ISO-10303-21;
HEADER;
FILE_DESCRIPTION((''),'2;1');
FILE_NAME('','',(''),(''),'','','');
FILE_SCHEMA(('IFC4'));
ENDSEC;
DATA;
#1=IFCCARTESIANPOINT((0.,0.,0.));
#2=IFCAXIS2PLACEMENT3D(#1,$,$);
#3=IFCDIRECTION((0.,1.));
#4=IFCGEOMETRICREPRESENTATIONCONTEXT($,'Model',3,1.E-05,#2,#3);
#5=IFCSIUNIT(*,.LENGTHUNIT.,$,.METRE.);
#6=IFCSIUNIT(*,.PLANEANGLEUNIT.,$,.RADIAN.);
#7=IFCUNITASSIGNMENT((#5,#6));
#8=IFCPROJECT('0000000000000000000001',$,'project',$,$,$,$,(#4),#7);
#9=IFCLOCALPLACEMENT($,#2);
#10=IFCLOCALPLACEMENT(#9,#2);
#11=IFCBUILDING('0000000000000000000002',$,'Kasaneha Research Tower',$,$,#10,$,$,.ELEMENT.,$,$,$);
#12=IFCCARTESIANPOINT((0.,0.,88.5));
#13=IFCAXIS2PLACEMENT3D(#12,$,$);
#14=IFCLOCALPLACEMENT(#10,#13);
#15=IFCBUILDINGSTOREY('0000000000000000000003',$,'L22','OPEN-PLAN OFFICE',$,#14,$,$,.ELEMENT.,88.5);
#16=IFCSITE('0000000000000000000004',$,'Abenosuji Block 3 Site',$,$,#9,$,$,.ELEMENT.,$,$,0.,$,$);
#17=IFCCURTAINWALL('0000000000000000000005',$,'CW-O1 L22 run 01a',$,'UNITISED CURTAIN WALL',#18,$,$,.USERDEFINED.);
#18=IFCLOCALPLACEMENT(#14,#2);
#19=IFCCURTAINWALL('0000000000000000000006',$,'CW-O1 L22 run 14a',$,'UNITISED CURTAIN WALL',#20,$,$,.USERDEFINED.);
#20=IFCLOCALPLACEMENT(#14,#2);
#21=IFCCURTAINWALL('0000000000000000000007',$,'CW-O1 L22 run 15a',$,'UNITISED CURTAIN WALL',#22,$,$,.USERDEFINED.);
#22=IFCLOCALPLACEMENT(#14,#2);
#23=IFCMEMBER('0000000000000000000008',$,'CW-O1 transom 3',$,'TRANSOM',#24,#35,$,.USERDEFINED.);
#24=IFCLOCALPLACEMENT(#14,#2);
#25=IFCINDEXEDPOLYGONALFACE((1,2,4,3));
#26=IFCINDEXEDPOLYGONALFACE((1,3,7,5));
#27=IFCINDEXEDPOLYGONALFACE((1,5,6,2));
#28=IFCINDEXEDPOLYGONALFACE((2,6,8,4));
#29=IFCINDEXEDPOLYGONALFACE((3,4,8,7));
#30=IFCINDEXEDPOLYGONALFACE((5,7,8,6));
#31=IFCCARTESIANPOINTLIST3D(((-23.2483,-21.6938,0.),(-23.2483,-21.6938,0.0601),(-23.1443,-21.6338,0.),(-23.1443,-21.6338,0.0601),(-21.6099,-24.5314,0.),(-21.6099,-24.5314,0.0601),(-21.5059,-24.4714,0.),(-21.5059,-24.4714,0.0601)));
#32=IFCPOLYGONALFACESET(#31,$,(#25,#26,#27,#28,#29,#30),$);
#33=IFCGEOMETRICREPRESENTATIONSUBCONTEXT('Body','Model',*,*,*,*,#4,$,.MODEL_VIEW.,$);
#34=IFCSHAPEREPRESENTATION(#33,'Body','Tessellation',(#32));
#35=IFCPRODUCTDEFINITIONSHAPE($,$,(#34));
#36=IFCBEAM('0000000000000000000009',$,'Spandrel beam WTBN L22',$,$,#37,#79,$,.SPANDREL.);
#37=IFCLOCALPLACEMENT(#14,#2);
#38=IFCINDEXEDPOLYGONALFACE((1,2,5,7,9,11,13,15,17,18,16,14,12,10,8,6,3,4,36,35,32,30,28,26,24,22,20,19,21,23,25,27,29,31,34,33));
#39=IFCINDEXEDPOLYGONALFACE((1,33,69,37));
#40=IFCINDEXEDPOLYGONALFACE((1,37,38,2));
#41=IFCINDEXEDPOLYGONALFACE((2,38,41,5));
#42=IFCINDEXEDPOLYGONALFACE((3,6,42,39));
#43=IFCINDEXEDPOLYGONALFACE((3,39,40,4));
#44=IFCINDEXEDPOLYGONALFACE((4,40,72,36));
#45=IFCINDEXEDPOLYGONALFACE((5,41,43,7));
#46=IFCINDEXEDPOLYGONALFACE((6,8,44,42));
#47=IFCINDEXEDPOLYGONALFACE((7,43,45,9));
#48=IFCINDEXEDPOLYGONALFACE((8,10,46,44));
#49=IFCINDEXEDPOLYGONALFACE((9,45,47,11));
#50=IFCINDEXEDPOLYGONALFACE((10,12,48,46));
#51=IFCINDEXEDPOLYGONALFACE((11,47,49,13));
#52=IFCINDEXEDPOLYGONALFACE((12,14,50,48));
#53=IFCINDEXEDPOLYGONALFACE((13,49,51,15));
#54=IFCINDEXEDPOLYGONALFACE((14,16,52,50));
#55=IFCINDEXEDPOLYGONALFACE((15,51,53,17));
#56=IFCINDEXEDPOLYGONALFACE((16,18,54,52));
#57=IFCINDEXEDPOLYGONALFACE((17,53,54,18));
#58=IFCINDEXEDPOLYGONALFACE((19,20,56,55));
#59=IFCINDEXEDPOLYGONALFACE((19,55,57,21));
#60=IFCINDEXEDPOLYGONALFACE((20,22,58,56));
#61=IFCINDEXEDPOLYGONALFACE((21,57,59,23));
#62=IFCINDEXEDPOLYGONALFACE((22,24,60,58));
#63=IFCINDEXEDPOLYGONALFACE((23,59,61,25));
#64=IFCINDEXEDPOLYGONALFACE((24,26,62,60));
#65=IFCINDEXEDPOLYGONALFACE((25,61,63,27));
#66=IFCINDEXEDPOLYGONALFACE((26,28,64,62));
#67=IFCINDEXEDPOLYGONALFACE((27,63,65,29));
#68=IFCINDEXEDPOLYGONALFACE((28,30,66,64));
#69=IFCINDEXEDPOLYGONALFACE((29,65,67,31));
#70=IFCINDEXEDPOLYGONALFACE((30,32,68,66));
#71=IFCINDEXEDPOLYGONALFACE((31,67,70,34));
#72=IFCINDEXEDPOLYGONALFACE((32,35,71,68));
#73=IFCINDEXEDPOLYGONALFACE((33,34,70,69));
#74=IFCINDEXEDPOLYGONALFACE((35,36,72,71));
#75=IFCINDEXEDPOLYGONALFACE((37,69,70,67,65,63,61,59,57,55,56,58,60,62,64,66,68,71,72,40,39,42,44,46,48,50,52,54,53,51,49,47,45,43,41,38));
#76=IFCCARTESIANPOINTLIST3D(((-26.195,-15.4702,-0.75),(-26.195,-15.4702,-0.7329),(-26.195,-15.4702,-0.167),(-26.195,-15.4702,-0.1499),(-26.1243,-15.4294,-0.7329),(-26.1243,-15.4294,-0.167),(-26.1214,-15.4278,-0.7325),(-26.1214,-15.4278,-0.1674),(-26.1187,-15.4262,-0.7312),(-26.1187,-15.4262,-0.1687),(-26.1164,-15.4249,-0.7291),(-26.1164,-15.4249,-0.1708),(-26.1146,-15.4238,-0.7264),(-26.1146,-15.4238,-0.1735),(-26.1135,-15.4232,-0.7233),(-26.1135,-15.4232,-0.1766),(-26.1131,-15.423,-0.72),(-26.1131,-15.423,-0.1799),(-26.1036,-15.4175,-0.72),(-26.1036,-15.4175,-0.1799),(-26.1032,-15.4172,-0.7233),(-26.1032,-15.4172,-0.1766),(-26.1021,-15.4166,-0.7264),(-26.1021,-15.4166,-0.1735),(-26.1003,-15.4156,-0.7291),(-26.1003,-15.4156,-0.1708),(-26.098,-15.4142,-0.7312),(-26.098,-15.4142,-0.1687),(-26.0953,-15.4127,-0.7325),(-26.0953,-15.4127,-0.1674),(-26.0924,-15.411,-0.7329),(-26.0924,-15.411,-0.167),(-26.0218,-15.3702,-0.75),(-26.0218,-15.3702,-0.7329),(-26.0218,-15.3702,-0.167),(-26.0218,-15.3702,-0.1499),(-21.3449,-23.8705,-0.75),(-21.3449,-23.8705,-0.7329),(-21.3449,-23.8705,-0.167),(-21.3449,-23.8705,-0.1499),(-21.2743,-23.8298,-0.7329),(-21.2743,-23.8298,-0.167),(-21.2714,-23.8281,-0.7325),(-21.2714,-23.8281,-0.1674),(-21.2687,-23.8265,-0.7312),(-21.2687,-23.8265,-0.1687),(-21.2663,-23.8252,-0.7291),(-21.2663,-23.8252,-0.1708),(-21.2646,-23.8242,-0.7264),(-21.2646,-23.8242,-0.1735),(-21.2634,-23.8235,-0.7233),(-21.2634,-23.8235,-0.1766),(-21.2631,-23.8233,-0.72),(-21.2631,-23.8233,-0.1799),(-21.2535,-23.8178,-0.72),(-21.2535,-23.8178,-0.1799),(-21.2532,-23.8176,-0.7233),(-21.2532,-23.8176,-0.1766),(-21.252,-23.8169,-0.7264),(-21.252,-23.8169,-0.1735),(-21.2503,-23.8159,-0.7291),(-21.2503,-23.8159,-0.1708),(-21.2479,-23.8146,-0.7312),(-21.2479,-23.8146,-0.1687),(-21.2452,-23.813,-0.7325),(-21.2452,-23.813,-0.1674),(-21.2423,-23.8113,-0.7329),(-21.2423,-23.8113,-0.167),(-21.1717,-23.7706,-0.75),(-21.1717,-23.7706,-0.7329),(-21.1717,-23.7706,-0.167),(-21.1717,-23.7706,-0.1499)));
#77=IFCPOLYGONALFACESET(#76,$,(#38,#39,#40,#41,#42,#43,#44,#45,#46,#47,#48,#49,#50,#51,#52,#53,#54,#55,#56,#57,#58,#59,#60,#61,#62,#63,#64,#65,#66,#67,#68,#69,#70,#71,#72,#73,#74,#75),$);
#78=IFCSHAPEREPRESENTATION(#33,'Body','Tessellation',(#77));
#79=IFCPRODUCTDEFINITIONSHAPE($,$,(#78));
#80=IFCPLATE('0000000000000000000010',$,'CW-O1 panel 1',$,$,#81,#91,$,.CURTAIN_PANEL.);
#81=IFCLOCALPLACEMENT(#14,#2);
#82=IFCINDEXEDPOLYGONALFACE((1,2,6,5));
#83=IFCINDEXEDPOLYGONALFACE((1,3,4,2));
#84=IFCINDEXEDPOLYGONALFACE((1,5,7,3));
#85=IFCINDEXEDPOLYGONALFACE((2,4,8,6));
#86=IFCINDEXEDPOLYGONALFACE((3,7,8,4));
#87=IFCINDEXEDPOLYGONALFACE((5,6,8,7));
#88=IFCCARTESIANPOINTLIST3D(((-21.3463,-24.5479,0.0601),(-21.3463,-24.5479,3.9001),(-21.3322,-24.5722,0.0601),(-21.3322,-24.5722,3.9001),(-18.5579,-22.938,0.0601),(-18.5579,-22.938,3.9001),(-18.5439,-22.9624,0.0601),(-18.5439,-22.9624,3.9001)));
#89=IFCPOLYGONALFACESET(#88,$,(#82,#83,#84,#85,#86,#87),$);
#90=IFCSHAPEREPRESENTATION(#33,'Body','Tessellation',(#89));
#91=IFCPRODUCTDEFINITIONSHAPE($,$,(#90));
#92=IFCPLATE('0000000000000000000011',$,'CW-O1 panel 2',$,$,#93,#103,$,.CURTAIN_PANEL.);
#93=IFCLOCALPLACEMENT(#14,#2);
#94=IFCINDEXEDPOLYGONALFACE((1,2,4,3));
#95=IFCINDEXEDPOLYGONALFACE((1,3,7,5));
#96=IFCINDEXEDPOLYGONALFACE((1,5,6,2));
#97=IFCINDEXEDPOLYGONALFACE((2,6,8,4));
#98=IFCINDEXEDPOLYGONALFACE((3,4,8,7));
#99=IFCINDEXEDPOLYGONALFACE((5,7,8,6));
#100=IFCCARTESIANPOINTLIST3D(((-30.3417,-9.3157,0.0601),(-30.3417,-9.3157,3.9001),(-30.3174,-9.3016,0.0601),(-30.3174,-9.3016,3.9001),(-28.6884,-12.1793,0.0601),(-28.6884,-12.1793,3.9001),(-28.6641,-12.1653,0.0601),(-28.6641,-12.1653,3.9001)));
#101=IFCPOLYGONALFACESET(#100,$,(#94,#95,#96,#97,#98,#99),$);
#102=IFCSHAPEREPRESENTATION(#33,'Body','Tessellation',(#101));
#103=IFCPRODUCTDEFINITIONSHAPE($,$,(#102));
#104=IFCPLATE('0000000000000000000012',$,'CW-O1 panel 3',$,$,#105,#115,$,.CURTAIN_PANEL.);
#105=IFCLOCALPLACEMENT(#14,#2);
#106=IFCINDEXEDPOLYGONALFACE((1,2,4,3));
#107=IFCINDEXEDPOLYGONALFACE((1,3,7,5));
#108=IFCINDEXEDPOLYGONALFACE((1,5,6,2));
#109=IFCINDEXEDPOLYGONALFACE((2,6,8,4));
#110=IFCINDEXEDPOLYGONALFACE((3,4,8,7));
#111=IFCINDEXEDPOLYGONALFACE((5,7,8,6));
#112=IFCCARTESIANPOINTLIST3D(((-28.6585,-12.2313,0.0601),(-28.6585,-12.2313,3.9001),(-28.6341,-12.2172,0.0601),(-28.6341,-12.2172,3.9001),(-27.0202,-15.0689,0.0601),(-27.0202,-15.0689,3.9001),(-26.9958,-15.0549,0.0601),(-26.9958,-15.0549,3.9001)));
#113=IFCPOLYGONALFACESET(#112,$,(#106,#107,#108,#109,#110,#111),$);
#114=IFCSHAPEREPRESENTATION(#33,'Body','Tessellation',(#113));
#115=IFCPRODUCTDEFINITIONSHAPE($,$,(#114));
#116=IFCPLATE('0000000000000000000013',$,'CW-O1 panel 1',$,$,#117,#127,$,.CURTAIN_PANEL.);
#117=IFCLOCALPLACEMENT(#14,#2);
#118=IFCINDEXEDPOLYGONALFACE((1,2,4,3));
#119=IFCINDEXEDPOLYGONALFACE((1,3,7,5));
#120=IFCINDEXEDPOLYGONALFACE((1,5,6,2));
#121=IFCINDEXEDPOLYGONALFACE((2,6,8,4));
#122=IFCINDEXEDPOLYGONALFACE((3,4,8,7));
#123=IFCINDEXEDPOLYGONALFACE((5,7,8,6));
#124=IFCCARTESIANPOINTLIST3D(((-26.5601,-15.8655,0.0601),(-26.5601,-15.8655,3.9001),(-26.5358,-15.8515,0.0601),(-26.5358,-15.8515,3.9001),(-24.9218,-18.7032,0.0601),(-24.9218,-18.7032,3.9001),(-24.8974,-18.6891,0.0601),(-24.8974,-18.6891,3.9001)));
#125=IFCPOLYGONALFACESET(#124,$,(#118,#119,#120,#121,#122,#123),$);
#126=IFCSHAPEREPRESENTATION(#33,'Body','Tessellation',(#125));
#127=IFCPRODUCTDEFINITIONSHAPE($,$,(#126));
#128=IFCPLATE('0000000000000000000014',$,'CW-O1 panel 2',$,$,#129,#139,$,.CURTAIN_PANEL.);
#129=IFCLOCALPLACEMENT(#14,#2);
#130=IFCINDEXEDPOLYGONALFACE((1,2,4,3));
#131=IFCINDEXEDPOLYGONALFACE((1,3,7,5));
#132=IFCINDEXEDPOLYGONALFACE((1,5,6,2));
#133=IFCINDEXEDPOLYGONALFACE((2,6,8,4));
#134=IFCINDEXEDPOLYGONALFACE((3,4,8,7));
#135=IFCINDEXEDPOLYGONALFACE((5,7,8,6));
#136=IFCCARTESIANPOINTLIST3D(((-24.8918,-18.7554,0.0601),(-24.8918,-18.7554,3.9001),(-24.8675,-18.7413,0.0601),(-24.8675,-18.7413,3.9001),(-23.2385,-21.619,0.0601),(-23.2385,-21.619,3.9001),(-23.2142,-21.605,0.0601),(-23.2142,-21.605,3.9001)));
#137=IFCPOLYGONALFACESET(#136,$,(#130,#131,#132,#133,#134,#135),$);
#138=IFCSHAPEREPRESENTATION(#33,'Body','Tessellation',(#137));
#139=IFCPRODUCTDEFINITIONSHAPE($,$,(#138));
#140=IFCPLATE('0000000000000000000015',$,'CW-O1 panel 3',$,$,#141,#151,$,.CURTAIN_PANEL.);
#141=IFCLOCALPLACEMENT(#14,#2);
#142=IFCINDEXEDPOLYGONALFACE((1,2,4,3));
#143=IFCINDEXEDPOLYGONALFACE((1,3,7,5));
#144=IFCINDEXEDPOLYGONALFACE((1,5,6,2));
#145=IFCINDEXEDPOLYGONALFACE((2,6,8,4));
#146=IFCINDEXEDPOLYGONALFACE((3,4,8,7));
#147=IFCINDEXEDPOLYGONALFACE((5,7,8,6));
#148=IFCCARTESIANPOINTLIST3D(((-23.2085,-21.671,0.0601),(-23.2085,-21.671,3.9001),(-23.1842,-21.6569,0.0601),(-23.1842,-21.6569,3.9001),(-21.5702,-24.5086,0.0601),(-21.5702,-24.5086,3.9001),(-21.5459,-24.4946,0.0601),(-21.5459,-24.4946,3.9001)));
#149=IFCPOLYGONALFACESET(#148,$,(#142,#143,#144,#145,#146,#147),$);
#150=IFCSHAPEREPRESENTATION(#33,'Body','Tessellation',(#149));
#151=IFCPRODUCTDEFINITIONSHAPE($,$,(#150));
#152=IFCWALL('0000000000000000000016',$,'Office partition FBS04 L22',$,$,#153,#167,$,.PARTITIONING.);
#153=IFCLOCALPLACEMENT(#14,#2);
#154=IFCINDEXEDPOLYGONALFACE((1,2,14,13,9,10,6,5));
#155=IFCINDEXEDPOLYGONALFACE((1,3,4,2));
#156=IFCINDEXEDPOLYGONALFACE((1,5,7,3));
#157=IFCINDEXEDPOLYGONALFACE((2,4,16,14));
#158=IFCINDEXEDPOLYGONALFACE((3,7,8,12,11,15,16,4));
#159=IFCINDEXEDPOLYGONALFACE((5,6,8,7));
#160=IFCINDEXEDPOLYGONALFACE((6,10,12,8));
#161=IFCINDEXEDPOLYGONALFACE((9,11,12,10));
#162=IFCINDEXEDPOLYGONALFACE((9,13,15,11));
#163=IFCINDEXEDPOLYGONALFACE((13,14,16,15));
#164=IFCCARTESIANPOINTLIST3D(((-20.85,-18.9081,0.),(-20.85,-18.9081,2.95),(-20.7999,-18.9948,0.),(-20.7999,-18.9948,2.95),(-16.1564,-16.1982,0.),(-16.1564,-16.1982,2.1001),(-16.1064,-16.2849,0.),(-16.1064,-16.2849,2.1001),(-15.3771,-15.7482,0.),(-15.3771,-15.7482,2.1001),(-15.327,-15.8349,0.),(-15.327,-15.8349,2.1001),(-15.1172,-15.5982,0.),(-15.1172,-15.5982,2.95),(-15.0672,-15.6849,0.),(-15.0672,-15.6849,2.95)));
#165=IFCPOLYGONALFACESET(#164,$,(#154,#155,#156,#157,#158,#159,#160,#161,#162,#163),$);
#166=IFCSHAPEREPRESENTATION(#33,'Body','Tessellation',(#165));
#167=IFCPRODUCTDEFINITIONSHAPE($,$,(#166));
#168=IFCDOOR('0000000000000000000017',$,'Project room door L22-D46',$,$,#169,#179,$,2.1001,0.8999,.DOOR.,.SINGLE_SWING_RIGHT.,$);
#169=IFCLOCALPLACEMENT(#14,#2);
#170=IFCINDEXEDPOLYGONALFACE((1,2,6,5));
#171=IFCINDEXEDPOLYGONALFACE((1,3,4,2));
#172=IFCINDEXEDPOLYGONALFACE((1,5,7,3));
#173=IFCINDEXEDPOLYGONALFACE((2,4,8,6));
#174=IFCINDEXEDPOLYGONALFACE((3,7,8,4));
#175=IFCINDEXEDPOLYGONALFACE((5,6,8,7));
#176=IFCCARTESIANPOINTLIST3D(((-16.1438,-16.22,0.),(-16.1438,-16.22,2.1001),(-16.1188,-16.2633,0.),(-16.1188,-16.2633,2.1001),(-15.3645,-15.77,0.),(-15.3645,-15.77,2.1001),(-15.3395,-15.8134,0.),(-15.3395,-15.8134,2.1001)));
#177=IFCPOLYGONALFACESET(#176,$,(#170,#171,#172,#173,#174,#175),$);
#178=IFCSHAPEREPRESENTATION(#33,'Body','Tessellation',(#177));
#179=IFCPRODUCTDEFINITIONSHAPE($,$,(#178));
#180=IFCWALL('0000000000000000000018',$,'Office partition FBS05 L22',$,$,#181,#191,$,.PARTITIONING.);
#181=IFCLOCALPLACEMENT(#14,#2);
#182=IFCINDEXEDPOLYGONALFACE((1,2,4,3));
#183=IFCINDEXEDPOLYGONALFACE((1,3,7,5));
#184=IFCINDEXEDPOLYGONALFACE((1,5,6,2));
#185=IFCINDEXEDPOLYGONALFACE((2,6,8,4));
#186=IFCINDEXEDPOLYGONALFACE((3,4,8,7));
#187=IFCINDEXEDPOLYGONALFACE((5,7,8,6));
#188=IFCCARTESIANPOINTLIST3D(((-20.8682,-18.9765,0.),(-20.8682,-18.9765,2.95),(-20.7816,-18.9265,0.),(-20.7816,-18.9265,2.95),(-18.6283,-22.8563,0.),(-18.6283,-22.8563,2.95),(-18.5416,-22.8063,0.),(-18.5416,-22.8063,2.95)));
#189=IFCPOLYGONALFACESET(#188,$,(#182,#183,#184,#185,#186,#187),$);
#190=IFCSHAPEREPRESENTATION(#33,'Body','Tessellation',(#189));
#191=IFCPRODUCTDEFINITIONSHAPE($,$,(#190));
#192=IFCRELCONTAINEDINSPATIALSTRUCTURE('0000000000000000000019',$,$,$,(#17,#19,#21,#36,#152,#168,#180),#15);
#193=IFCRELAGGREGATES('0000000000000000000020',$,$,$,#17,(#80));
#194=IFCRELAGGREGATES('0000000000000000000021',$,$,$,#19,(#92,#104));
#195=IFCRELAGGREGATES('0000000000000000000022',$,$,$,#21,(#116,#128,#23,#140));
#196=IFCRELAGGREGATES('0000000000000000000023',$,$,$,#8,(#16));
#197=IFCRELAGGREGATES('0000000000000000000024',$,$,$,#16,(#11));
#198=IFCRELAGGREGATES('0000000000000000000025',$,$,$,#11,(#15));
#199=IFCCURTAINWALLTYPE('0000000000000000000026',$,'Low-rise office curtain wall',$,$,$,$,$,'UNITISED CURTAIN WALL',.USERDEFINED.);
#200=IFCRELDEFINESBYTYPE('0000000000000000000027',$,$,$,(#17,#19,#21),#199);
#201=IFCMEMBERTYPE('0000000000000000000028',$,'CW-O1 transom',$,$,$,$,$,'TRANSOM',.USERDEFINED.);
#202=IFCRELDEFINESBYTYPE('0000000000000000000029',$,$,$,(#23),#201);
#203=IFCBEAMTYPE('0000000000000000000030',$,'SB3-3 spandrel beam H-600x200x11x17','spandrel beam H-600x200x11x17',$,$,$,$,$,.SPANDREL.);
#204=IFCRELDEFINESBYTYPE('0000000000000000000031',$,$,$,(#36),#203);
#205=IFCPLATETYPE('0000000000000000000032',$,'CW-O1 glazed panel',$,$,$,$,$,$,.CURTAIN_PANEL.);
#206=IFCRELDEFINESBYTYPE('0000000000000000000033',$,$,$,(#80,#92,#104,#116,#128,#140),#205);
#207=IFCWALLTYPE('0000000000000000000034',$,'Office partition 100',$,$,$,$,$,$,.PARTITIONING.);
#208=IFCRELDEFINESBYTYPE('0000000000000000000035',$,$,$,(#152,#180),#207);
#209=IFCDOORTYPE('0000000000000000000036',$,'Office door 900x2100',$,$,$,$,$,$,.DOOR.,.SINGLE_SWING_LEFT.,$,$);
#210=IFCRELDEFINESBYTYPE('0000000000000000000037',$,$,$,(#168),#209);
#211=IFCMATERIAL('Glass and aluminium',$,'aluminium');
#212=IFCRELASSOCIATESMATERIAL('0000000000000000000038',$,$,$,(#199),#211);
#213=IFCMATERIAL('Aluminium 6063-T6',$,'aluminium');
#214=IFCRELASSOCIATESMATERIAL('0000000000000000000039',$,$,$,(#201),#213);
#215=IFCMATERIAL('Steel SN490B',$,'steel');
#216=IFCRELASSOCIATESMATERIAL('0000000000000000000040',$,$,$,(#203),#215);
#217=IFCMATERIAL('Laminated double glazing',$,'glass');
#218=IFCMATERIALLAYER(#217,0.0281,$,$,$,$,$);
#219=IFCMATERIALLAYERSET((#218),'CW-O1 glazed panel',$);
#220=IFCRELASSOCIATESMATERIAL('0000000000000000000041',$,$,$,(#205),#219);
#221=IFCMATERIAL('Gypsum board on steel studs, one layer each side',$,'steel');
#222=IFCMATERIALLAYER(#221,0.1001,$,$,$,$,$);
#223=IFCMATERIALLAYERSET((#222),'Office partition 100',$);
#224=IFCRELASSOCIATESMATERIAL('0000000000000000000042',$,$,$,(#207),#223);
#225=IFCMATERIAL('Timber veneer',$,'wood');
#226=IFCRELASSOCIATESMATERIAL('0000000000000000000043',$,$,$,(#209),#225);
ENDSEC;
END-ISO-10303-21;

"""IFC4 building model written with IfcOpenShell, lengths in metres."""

from ifc_helpers import new_model, si_unit, direction, frame, frame_2d, origin, origin_2d, place, context, subcontext, project, spatial, rectangle, i_section, extrude, material, layer, layer_set, material_profile, profile_set, type_object, element, fill, aggregate, save


model = new_model("IFC4")

# Units and contexts
model_context = context("Model", 3, precision=1e-05, world=origin(), true_north=direction((0.0, 1.0)))
body_context = subcontext(model_context, "Body", "Model", "MODEL_VIEW")
ifc_project = project(units=[si_unit("LENGTHUNIT", "METRE"), si_unit("PLANEANGLEUNIT", "RADIAN")], contexts=[model_context])

# Site, building, storey
site_placement = place(None, origin())
site = spatial("IfcSite", under=ifc_project, at=site_placement, Name="Abenosuji Block 3 Site", CompositionType="ELEMENT", RefElevation=0.0)
building_placement = place(site_placement, origin())
building = spatial("IfcBuilding", under=site, at=building_placement, Name="Kasaneha Research Tower", CompositionType="ELEMENT")
storey_placement = place(building_placement, frame((0.0, 0.0, 88.5)))
storey = spatial("IfcBuildingStorey", under=building, at=storey_placement, Name="L22", Description="OPEN-PLAN OFFICE", CompositionType="ELEMENT", Elevation=88.5)

# Curtain walls
ifc_material_1 = material(Name="Glass and aluminium", Category="aluminium")
curtain_wall_type = type_object("IfcCurtainWallType", Name="Low-rise office curtain wall", ElementType="UNITISED CURTAIN WALL", PredefinedType="USERDEFINED", material=ifc_material_1)
curtain_wall_1_placement = place(storey_placement, origin())
curtain_wall_1 = element("IfcCurtainWall", 1, at=curtain_wall_1_placement, inside=storey, type_object=curtain_wall_type, Name="CW-O1 L22 run 01a", ObjectType="UNITISED CURTAIN WALL", PredefinedType="USERDEFINED")
curtain_wall_2_placement = place(storey_placement, origin())
curtain_wall_2 = element("IfcCurtainWall", 2, at=curtain_wall_2_placement, inside=storey, type_object=curtain_wall_type, Name="CW-O1 L22 run 14a", ObjectType="UNITISED CURTAIN WALL", PredefinedType="USERDEFINED")
curtain_wall_3_placement = place(storey_placement, origin())
curtain_wall_3 = element("IfcCurtainWall", 3, at=curtain_wall_3_placement, inside=storey, type_object=curtain_wall_type, Name="CW-O1 L22 run 15a", ObjectType="UNITISED CURTAIN WALL", PredefinedType="USERDEFINED")

# Member
ifc_material_2 = material(Name="Aluminium 6063-T6", Category="aluminium")
ifc_material_profile_1 = material_profile(ifc_material_2, rectangle(XDim=0.1201, YDim=0.0601, at=origin_2d()), Name="CW-O1 transom 120x60")
ifc_profile_set_1 = profile_set([ifc_material_profile_1], Name="Aluminium 6063-T6")
member_type_1 = type_object("IfcMemberType", Name="CW-O1 transom", ElementType="TRANSOM", PredefinedType="USERDEFINED", material=ifc_profile_set_1)
member_1_placement = place(storey_placement, frame((-23.1963, -21.6638, 0.03), z_axis=(0.500026, -0.866011, 0.0), x_axis=(0.866011, 0.500026, 0.0)))
member_1 = element("IfcMember", 4, at=member_1_placement, type_object=member_type_1, Name="CW-O1 transom 3", ObjectType="TRANSOM", PredefinedType="USERDEFINED", context=body_context, shape_type="SweptSolid", body=[
    extrude(rectangle(XDim=0.1201, YDim=0.0601, at=origin_2d()), origin(), (0.0, 0.0, 1.0), 3.2766),
])

# Beam
ifc_material_3 = material(Name="Steel SN490B", Category="steel")
ifc_material_profile_2 = material_profile(ifc_material_3, i_section(OverallWidth=0.2, OverallDepth=0.6001, WebThickness=0.011, FlangeThickness=0.0171, FilletRadius=0.0129, at=origin_2d()), Name="H-600x200x11x17")
ifc_profile_set_2 = profile_set([ifc_material_profile_2], Name="Steel SN490B")
beam_type = type_object("IfcBeamType", Name="SB3-3 spandrel beam H-600x200x11x17", Description="spandrel beam H-600x200x11x17", PredefinedType="SPANDREL", material=ifc_profile_set_2)
beam_placement = place(storey_placement, frame((-21.2583, -23.8206, -0.45), z_axis=(-0.50001, 0.86602, 0.0), x_axis=(-0.86602, -0.50001, 0.0)))
element("IfcBeam", 5, at=beam_placement, inside=storey, type_object=beam_type, Name="Spandrel beam WTBN L22", PredefinedType="SPANDREL", context=body_context, shape_type="SweptSolid", body=[
    extrude(i_section(OverallWidth=0.2, OverallDepth=0.6001, WebThickness=0.011, FlangeThickness=0.0171, FilletRadius=0.0129, at=origin_2d()), origin(), (0.0, 0.0, 1.0), 9.7),
])

# Plates
ifc_material_4 = material(Name="Laminated double glazing", Category="glass")
ifc_layer_1 = layer(ifc_material_4, 0.0281)
ifc_layer_set_1 = layer_set([ifc_layer_1], Name="CW-O1 glazed panel")
plate_type = type_object("IfcPlateType", Name="CW-O1 glazed panel", PredefinedType="CURTAIN_PANEL", material=ifc_layer_set_1)
plate_1_placement = place(storey_placement, frame((-19.9451, -23.7551, 0.0601), z_axis=(0.0, 0.0, 1.0), x_axis=(0.866025, 0.5, 0.0)))
plate_1 = element("IfcPlate", 6, at=plate_1_placement, type_object=plate_type, Name="CW-O1 panel 1", PredefinedType="CURTAIN_PANEL", context=body_context, shape_type="SweptSolid", body=[
    extrude(rectangle(XDim=3.2197, YDim=0.0281, at=origin_2d()), origin(), (0.0, 0.0, 1.0), 3.8401),
])
aggregate(curtain_wall_1, [plate_1])
plate_2_placement = place(storey_placement, frame((-29.5029, -10.7405, 0.0601), z_axis=(0.0, 0.0, 1.0), x_axis=(0.5, -0.866025, 0.0)))
plate_2 = element("IfcPlate", 7, at=plate_2_placement, type_object=plate_type, Name="CW-O1 panel 2", PredefinedType="CURTAIN_PANEL", context=body_context, shape_type="SweptSolid", body=[
    extrude(rectangle(XDim=3.3066, YDim=0.0281, at=origin_2d()), origin(), (0.0, 0.0, 1.0), 3.8401),
])
plate_3_placement = place(storey_placement, frame((-27.8271, -13.6431, 0.0601), z_axis=(0.0, 0.0, 1.0), x_axis=(0.5, -0.866025, 0.0)))
plate_3 = element("IfcPlate", 8, at=plate_3_placement, type_object=plate_type, Name="CW-O1 panel 3", PredefinedType="CURTAIN_PANEL", context=body_context, shape_type="SweptSolid", body=[
    extrude(rectangle(XDim=3.2766, YDim=0.0281, at=origin_2d()), origin(), (0.0, 0.0, 1.0), 3.8401),
])
aggregate(curtain_wall_2, [plate_2, plate_3])
plate_4_placement = place(storey_placement, frame((-25.7288, -17.2773, 0.0601), z_axis=(0.0, 0.0, 1.0), x_axis=(0.5, -0.866025, 0.0)))
plate_4 = element("IfcPlate", 9, at=plate_4_placement, type_object=plate_type, Name="CW-O1 panel 1", PredefinedType="CURTAIN_PANEL", context=body_context, shape_type="SweptSolid", body=[
    extrude(rectangle(XDim=3.2766, YDim=0.0281, at=origin_2d()), origin(), (0.0, 0.0, 1.0), 3.8401),
])
plate_5_placement = place(storey_placement, frame((-24.053, -20.1802, 0.0601), z_axis=(0.0, 0.0, 1.0), x_axis=(0.5, -0.866025, 0.0)))
plate_5 = element("IfcPlate", 10, at=plate_5_placement, type_object=plate_type, Name="CW-O1 panel 2", PredefinedType="CURTAIN_PANEL", context=body_context, shape_type="SweptSolid", body=[
    extrude(rectangle(XDim=3.3066, YDim=0.0281, at=origin_2d()), origin(), (0.0, 0.0, 1.0), 3.8401),
])
plate_6_placement = place(storey_placement, frame((-22.3772, -23.0828, 0.0601), z_axis=(0.0, 0.0, 1.0), x_axis=(0.5, -0.866025, 0.0)))
plate_6 = element("IfcPlate", 11, at=plate_6_placement, type_object=plate_type, Name="CW-O1 panel 3", PredefinedType="CURTAIN_PANEL", context=body_context, shape_type="SweptSolid", body=[
    extrude(rectangle(XDim=3.2766, YDim=0.0281, at=origin_2d()), origin(), (0.0, 0.0, 1.0), 3.8401),
])
aggregate(curtain_wall_3, [plate_4, plate_5, member_1, plate_6])

# Wall, opening, door
ifc_material_5 = material(Name="Gypsum board on steel studs, one layer each side", Category="steel")
ifc_layer_2 = layer(ifc_material_5, 0.1001)
ifc_layer_set_2 = layer_set([ifc_layer_2], Name="Office partition 100")
wall_type = type_object("IfcWallType", Name="Office partition 100", PredefinedType="PARTITIONING", material=ifc_layer_set_2)
wall_1_placement = place(storey_placement, frame((-20.825, -18.9514, 0.0), z_axis=(0.0, 0.0, 1.0), x_axis=(0.866022, 0.500007, 0.0)))
wall_1 = element("IfcWall", 12, at=wall_1_placement, inside=storey, type_object=wall_type, Name="Office partition FBS04 L22", PredefinedType="PARTITIONING", context=body_context, shape_type="SweptSolid", body=[
    extrude(rectangle(XDim=6.6196, YDim=0.1001, at=frame_2d((3.3098, 0.0))), origin(), (0.0, 0.0, 1.0), 2.95),
])
opening_1_placement = place(wall_1_placement, frame((5.4197, 0.0, 0.0)))
opening_1 = element("IfcOpeningElement", 13, at=opening_1_placement, cuts=wall_1, PredefinedType="OPENING", context=body_context, shape_type="SweptSolid", body=[
    extrude(rectangle(XDim=0.8999, YDim=2.1001, at=frame_2d((0.45, 1.05))), frame((0.0, 0.0601, 0.0), z_axis=(0.0, -1.0, 0.0), x_axis=(1.0, 0.0, 0.0)), (0.0, 0.0, 1.0), 0.1201),
])
ifc_material_6 = material(Name="Timber veneer", Category="wood")
door_type = type_object("IfcDoorType", Name="Office door 900x2100", OperationType="SINGLE_SWING_LEFT", PredefinedType="DOOR", material=ifc_material_6)
door_1_placement = place(opening_1_placement, origin())
door_1 = element("IfcDoor", 14, at=door_1_placement, inside=storey, type_object=door_type, Name="Project room door L22-D46", OperationType="SINGLE_SWING_RIGHT", OverallHeight=2.1001, OverallWidth=0.8999, PredefinedType="DOOR", context=body_context, shape_type="SweptSolid", body=[
    extrude(rectangle(XDim=0.8999, YDim=2.1001, at=frame_2d((0.45, 1.05))), frame((0.0, 0.0249, 0.0), z_axis=(0.0, -1.0, 0.0), x_axis=(1.0, 0.0, 0.0)), (0.0, 0.0, 1.0), 0.05),
])
fill(opening_1, door_1)

# Wall
wall_2_placement = place(storey_placement, frame((-18.585, -22.8313, 0.0), z_axis=(0.0, 0.0, 1.0), x_axis=(-0.49999, 0.866031, 0.0)))
element("IfcWall", 15, at=wall_2_placement, inside=storey, type_object=wall_type, Name="Office partition FBS05 L22", PredefinedType="PARTITIONING", context=body_context, shape_type="SweptSolid", body=[
    extrude(rectangle(XDim=4.48, YDim=0.1001, at=frame_2d((2.24, 0.0))), origin(), (0.0, 0.0, 1.0), 2.95),
])

save(model, "model.ifc")
